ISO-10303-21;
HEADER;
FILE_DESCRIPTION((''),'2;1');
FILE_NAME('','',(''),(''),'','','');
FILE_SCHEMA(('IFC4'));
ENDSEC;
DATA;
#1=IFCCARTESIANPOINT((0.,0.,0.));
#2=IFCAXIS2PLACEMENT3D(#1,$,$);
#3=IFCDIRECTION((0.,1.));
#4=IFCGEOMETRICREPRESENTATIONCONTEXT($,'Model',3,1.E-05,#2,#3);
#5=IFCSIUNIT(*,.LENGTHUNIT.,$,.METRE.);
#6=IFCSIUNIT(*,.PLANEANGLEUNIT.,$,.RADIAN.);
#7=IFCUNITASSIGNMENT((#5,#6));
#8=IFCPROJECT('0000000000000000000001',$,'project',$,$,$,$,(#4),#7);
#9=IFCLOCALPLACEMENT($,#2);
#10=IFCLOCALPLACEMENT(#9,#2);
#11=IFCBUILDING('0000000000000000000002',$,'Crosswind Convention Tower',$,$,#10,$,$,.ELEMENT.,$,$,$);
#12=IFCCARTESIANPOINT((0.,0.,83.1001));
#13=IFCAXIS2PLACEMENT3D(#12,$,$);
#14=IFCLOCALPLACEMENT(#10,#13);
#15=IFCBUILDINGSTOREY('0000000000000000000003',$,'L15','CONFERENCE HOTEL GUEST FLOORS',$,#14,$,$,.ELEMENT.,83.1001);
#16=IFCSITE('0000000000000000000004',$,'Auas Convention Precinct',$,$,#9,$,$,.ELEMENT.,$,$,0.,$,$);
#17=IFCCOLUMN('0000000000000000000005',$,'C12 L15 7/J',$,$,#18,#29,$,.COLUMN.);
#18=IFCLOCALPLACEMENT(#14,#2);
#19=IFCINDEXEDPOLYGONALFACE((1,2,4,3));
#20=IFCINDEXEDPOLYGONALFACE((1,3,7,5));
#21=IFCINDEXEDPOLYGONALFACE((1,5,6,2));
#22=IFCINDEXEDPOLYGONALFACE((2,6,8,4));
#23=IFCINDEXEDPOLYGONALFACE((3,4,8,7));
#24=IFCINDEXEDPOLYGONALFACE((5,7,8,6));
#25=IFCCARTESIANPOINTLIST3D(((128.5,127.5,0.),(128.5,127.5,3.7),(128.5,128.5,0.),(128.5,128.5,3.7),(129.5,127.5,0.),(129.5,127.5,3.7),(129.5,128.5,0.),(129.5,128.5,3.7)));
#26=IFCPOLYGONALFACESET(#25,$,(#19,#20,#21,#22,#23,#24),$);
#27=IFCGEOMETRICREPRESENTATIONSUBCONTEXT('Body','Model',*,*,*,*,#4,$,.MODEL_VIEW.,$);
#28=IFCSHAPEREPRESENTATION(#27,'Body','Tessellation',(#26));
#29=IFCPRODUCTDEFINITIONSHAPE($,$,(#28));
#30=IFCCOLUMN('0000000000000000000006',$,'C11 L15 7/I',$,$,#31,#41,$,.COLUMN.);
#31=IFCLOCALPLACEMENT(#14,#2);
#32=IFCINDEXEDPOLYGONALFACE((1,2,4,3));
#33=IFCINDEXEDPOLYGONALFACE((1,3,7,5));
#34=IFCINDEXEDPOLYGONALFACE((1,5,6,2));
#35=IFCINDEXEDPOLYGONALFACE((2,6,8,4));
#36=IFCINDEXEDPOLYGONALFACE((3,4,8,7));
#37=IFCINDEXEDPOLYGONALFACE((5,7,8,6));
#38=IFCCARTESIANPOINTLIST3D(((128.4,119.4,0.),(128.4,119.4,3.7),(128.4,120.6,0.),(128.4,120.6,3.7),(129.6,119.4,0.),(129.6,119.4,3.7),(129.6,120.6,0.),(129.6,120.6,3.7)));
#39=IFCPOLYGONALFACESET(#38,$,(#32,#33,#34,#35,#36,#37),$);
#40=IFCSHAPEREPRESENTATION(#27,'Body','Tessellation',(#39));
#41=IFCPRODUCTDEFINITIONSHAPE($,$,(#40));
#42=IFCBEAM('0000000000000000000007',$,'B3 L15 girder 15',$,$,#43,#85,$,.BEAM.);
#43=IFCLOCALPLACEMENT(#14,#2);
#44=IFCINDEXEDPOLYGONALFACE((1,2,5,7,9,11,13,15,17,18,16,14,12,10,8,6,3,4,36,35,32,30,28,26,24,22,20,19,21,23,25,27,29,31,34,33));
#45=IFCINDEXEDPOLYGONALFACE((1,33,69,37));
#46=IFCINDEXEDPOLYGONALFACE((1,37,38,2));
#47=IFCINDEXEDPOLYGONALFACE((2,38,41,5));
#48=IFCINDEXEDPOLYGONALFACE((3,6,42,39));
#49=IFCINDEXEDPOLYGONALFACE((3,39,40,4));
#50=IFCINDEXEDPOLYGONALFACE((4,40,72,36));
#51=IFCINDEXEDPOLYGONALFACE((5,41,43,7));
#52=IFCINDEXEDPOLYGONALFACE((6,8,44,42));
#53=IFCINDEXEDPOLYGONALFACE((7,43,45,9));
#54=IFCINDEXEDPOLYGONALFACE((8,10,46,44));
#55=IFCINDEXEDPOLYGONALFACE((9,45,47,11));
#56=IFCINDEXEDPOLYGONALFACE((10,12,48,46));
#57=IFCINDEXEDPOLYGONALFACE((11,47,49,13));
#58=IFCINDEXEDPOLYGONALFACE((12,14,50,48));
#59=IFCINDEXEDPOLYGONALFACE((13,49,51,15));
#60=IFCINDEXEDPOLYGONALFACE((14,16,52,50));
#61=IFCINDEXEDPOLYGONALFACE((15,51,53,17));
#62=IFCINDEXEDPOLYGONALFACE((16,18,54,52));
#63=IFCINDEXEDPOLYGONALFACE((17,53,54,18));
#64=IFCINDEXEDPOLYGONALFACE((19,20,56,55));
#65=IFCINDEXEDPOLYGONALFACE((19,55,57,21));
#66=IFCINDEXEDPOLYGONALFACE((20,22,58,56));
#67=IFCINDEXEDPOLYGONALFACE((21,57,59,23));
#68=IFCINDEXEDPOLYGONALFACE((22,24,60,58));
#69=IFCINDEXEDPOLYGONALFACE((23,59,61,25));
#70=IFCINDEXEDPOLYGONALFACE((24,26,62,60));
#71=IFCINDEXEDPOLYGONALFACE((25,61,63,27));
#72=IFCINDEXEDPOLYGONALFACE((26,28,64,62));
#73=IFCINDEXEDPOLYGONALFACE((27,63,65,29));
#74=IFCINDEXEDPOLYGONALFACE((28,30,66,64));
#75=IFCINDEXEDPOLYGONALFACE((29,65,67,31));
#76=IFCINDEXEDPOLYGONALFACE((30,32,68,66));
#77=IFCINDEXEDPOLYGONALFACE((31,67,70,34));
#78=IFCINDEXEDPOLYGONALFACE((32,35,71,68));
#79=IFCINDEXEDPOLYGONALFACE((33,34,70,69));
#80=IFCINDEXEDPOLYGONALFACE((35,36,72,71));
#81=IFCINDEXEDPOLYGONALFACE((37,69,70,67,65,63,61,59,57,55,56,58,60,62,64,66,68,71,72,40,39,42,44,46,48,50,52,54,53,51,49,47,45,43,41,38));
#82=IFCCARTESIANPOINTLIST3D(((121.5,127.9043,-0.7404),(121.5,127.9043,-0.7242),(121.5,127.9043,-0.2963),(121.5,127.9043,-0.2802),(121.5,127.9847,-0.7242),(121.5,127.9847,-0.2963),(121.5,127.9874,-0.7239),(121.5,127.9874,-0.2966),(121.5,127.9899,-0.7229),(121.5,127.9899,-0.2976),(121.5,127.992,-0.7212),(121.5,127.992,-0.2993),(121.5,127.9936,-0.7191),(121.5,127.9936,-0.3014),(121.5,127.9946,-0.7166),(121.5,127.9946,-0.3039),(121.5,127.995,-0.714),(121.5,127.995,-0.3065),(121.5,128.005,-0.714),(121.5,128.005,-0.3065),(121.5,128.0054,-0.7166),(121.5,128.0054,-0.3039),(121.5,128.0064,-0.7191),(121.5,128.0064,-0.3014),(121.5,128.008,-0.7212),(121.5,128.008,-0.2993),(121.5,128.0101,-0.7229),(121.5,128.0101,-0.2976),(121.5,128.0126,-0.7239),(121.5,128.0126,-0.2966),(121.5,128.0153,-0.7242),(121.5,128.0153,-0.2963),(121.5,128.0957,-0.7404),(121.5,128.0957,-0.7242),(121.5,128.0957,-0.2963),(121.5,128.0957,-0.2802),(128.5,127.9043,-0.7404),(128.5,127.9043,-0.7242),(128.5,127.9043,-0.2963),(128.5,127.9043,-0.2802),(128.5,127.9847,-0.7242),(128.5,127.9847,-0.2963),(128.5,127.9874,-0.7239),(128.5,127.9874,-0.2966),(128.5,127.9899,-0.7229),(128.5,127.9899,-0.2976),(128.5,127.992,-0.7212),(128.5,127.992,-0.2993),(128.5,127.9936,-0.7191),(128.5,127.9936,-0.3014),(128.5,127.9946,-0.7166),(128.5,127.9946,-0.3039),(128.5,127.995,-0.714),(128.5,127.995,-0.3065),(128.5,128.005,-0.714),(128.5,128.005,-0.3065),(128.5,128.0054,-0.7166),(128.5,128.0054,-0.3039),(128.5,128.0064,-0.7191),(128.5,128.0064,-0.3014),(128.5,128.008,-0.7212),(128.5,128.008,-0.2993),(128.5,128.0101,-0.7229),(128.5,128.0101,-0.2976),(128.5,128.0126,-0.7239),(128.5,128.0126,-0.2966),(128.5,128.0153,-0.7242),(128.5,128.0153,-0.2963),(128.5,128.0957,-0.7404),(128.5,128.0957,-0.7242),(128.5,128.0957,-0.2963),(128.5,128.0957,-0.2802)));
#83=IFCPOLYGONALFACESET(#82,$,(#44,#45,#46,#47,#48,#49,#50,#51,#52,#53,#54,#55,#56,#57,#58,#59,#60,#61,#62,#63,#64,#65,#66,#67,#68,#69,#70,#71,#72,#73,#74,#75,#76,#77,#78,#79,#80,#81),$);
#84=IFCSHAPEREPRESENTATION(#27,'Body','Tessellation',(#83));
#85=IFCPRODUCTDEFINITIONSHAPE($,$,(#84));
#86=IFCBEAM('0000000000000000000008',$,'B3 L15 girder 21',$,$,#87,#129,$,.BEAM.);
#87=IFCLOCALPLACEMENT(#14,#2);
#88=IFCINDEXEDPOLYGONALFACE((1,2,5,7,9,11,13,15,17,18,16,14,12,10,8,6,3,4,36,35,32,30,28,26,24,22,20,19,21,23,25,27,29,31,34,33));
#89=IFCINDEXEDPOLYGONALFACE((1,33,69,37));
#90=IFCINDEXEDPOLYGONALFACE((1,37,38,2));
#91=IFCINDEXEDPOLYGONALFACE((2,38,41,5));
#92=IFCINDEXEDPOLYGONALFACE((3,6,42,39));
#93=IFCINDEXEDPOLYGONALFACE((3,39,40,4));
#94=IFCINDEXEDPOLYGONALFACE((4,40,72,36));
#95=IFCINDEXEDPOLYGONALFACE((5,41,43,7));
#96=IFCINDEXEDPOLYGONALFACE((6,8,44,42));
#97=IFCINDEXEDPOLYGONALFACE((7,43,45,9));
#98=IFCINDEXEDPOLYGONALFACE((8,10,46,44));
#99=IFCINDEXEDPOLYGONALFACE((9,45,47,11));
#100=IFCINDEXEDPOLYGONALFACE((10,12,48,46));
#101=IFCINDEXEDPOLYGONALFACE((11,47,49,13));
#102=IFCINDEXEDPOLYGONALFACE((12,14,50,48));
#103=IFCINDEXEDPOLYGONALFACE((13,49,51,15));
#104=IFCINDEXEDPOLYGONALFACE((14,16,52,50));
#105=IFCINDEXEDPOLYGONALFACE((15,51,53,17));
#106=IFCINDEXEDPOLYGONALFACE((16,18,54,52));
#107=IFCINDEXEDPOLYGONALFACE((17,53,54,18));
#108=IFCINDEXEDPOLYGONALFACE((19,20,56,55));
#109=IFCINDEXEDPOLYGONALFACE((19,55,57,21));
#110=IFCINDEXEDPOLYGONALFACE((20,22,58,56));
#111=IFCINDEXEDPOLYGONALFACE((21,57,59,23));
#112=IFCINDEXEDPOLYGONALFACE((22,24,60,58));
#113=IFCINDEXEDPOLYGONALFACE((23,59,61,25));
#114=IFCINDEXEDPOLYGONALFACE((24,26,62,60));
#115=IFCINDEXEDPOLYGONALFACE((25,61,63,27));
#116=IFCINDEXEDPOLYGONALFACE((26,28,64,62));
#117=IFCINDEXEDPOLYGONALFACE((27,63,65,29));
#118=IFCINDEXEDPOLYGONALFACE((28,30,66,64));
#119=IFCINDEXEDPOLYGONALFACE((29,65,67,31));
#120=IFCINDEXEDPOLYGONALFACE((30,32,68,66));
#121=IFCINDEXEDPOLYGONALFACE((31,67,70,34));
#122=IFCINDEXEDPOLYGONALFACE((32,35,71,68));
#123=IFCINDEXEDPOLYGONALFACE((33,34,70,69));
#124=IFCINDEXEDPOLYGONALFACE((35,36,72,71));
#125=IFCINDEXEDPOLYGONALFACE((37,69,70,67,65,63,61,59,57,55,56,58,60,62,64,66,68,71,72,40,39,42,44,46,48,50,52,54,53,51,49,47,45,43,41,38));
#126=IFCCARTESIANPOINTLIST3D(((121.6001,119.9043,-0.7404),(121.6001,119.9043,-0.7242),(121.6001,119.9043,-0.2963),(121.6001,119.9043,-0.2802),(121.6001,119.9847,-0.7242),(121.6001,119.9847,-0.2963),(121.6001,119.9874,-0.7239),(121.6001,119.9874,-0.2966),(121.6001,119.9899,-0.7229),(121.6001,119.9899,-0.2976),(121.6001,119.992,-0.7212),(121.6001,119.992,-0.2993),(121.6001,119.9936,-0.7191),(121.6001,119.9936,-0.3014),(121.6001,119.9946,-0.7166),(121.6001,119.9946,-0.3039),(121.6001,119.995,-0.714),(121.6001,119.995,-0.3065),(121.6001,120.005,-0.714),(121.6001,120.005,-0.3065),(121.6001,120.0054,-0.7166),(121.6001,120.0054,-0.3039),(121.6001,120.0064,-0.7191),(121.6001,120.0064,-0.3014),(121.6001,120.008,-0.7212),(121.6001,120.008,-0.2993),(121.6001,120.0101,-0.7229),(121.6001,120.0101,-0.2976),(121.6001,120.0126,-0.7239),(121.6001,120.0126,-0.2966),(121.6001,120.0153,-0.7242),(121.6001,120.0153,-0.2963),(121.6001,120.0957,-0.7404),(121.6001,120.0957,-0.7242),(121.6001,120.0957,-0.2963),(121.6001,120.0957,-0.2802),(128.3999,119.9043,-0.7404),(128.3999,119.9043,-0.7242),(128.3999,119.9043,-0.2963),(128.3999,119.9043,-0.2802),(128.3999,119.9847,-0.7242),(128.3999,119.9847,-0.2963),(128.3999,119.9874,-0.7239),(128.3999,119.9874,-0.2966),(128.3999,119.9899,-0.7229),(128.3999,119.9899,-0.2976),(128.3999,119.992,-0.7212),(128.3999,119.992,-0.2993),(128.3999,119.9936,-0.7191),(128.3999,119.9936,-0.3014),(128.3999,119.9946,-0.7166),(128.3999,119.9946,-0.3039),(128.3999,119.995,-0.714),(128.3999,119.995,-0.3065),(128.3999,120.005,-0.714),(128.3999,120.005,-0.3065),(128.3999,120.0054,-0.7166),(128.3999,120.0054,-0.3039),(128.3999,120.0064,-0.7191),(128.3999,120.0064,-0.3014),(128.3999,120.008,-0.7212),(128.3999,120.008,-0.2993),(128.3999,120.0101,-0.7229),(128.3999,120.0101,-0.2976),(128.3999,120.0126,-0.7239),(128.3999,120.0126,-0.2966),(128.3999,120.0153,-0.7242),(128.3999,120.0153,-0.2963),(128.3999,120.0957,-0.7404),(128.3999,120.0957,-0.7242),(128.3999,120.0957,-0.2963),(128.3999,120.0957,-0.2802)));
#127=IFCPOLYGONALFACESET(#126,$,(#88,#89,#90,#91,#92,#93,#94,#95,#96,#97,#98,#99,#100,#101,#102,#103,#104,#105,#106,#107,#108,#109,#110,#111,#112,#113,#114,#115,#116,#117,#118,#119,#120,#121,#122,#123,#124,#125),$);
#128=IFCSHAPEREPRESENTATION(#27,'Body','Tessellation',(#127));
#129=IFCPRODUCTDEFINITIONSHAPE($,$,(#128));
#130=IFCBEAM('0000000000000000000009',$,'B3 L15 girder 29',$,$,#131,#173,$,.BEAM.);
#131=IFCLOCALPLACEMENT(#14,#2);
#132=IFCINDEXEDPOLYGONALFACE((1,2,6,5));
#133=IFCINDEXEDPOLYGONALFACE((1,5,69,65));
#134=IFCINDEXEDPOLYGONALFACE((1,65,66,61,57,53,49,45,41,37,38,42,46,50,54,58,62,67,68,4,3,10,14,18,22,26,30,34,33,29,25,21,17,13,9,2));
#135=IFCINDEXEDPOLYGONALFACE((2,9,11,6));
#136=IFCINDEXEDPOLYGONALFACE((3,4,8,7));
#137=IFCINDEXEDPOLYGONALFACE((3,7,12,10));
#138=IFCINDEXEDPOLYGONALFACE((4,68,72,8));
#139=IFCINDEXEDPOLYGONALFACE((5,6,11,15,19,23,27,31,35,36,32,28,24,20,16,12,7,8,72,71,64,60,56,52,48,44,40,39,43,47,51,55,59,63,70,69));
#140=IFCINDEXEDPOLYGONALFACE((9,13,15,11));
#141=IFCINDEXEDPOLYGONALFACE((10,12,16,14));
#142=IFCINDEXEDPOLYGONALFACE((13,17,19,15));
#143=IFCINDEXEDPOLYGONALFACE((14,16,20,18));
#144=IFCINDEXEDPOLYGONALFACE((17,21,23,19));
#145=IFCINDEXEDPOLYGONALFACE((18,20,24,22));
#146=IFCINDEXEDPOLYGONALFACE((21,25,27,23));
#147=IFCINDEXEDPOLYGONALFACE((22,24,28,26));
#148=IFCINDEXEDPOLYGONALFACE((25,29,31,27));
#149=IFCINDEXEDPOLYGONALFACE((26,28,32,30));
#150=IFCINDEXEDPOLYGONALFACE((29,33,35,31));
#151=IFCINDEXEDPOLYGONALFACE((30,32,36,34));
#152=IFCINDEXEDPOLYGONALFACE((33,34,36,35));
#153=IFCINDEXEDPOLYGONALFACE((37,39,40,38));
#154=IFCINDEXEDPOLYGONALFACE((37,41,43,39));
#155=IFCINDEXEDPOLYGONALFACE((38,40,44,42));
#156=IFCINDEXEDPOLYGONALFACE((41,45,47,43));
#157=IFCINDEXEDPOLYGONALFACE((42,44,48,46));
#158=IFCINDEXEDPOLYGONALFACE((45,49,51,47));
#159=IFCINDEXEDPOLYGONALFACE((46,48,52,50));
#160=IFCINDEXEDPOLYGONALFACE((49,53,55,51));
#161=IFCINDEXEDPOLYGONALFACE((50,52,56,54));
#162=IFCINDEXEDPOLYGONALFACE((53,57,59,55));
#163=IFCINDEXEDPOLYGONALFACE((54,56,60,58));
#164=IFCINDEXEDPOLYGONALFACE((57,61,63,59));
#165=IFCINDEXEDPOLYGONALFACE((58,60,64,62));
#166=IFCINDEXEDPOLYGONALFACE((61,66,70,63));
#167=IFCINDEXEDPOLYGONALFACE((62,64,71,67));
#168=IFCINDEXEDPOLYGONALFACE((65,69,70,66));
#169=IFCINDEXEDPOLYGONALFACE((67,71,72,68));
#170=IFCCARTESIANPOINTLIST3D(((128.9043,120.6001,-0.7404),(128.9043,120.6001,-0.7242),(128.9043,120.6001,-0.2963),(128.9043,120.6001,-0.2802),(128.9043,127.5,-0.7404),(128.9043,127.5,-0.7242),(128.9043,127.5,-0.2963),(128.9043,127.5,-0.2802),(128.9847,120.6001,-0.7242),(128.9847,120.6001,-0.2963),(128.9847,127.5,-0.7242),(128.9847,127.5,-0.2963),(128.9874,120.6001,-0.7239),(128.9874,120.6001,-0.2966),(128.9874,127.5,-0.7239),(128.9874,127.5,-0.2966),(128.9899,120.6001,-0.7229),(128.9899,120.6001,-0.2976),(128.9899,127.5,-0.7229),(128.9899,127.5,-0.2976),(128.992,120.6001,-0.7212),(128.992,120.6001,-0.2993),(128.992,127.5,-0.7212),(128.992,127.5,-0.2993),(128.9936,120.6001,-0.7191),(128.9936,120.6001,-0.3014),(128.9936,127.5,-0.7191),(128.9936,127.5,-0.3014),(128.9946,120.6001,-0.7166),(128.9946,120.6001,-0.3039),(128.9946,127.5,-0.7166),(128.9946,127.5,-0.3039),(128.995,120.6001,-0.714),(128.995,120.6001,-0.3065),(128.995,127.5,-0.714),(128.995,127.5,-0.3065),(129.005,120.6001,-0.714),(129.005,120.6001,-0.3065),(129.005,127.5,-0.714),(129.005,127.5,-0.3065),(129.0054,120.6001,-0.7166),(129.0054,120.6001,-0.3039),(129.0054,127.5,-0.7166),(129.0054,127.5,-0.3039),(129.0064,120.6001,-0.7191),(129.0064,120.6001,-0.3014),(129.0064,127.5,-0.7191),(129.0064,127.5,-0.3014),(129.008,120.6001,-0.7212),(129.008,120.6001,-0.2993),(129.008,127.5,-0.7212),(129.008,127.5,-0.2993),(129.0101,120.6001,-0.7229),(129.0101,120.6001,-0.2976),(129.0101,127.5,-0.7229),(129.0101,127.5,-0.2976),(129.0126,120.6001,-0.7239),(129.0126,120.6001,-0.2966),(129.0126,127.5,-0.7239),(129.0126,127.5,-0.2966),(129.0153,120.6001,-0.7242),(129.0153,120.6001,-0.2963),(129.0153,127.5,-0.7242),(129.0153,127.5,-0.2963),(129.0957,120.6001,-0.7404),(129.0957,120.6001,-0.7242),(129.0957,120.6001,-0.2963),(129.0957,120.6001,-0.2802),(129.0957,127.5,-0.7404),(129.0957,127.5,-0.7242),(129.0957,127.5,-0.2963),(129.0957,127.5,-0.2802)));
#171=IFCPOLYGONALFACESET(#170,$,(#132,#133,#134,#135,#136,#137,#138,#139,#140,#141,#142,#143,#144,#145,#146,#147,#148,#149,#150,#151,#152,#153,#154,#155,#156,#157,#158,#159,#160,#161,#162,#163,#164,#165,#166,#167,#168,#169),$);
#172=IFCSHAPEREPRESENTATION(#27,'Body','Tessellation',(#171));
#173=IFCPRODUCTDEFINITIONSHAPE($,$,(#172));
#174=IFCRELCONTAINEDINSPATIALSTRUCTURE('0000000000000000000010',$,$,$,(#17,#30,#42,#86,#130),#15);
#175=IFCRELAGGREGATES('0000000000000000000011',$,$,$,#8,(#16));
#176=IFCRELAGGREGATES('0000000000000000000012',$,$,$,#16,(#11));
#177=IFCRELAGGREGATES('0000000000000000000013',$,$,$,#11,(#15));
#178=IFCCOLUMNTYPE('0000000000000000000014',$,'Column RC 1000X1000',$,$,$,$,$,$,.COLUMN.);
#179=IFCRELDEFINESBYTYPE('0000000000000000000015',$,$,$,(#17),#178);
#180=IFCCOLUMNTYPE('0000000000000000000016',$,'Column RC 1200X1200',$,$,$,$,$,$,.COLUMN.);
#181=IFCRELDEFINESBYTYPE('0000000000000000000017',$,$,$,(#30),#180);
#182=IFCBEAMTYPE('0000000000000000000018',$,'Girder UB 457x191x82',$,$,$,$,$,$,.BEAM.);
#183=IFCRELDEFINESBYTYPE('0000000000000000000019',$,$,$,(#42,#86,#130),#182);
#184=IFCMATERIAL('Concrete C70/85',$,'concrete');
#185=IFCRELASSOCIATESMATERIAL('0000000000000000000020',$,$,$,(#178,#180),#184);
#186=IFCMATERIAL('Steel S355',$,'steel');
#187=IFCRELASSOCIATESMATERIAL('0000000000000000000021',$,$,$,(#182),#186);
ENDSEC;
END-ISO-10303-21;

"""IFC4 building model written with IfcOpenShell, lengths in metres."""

from ifc_helpers import new_model, si_unit, direction, frame, origin, origin_2d, place, context, subcontext, project, spatial, rectangle, i_section, extrude, material, material_profile, profile_set, type_object, element, save


model = new_model("IFC4")

# Units and contexts
model_context = context("Model", 3, precision=1e-05, world=origin(), true_north=direction((0.0, 1.0)))
body_context = subcontext(model_context, "Body", "Model", "MODEL_VIEW")
ifc_project = project(units=[si_unit("LENGTHUNIT", "METRE"), si_unit("PLANEANGLEUNIT", "RADIAN")], contexts=[model_context])

# Site, building, storey
site_placement = place(None, origin())
site = spatial("IfcSite", under=ifc_project, at=site_placement, Name="Auas Convention Precinct", CompositionType="ELEMENT", RefElevation=0.0)
building_placement = place(site_placement, origin())
building = spatial("IfcBuilding", under=site, at=building_placement, Name="Crosswind Convention Tower", CompositionType="ELEMENT")
storey_placement = place(building_placement, frame((0.0, 0.0, 83.1001)))
storey = spatial("IfcBuildingStorey", under=building, at=storey_placement, Name="L15", Description="CONFERENCE HOTEL GUEST FLOORS", CompositionType="ELEMENT", Elevation=83.1001)

# Columns
ifc_material_1 = material(Name="Concrete C70/85", Category="concrete")
ifc_material_profile_1 = material_profile(ifc_material_1, rectangle(XDim=1.0, YDim=1.0, at=origin_2d()), Name="RC 1000X1000")
ifc_profile_set_1 = profile_set([ifc_material_profile_1], Name="Concrete C70/85")
column_type_1 = type_object("IfcColumnType", Name="Column RC 1000X1000", PredefinedType="COLUMN", material=ifc_profile_set_1)
column_1_placement = place(storey_placement, frame((129.0, 128.0, 0.0), z_axis=(0.0, 0.0, 1.0), x_axis=(1.0, 0.0, 0.0)))
element("IfcColumn", 1, at=column_1_placement, inside=storey, type_object=column_type_1, Name="C12 L15 7/J", PredefinedType="COLUMN", context=body_context, shape_type="SweptSolid", body=[
    extrude(rectangle(XDim=1.0, YDim=1.0, at=origin_2d()), origin(), (0.0, 0.0, 1.0), 3.7),
])
ifc_material_profile_2 = material_profile(ifc_material_1, rectangle(XDim=1.2, YDim=1.2, at=origin_2d()), Name="RC 1200X1200")
ifc_profile_set_2 = profile_set([ifc_material_profile_2], Name="Concrete C70/85")
column_type_2 = type_object("IfcColumnType", Name="Column RC 1200X1200", PredefinedType="COLUMN", material=ifc_profile_set_2)
column_2_placement = place(storey_placement, frame((129.0, 120.0, 0.0), z_axis=(0.0, 0.0, 1.0), x_axis=(1.0, 0.0, 0.0)))
element("IfcColumn", 2, at=column_2_placement, inside=storey, type_object=column_type_2, Name="C11 L15 7/I", PredefinedType="COLUMN", context=body_context, shape_type="SweptSolid", body=[
    extrude(rectangle(XDim=1.2, YDim=1.2, at=origin_2d()), origin(), (0.0, 0.0, 1.0), 3.7),
])

# Beams
ifc_material_2 = material(Name="Steel S355", Category="steel")
ifc_material_profile_3 = material_profile(ifc_material_2, i_section(OverallWidth=0.1914, OverallDepth=0.4602, WebThickness=0.01, FlangeThickness=0.0161, FilletRadius=0.0103, at=origin_2d()), Name="UB 457x191x82")
ifc_profile_set_3 = profile_set([ifc_material_profile_3], Name="Steel S355")
beam_type_1 = type_object("IfcBeamType", Name="Girder UB 457x191x82", PredefinedType="BEAM", material=ifc_profile_set_3)
beam_1_placement = place(storey_placement, frame((121.5, 128.0, -0.5103), z_axis=(1.0, 0.0, 0.0), x_axis=(0.0, 1.0, 0.0)))
element("IfcBeam", 3, at=beam_1_placement, inside=storey, type_object=beam_type_1, Name="B3 L15 girder 15", PredefinedType="BEAM", context=body_context, shape_type="SweptSolid", body=[
    extrude(i_section(OverallWidth=0.1914, OverallDepth=0.4602, WebThickness=0.01, FlangeThickness=0.0161, FilletRadius=0.0103, at=origin_2d()), origin(), (0.0, 0.0, 1.0), 7.0),
])
beam_2_placement = place(storey_placement, frame((121.6001, 120.0, -0.5103), z_axis=(1.0, 0.0, 0.0), x_axis=(0.0, 1.0, 0.0)))
element("IfcBeam", 4, at=beam_2_placement, inside=storey, type_object=beam_type_1, Name="B3 L15 girder 21", PredefinedType="BEAM", context=body_context, shape_type="SweptSolid", body=[
    extrude(i_section(OverallWidth=0.1914, OverallDepth=0.4602, WebThickness=0.01, FlangeThickness=0.0161, FilletRadius=0.0103, at=origin_2d()), origin(), (0.0, 0.0, 1.0), 6.7998),
])
beam_3_placement = place(storey_placement, frame((129.0, 120.6001, -0.5103), z_axis=(0.0, 1.0, 0.0), x_axis=(-1.0, 0.0, 0.0)))
element("IfcBeam", 5, at=beam_3_placement, inside=storey, type_object=beam_type_1, Name="B3 L15 girder 29", PredefinedType="BEAM", context=body_context, shape_type="SweptSolid", body=[
    extrude(i_section(OverallWidth=0.1914, OverallDepth=0.4602, WebThickness=0.01, FlangeThickness=0.0161, FilletRadius=0.0103, at=origin_2d()), origin(), (0.0, 0.0, 1.0), 6.8999),
])

save(model, "model.ifc")
